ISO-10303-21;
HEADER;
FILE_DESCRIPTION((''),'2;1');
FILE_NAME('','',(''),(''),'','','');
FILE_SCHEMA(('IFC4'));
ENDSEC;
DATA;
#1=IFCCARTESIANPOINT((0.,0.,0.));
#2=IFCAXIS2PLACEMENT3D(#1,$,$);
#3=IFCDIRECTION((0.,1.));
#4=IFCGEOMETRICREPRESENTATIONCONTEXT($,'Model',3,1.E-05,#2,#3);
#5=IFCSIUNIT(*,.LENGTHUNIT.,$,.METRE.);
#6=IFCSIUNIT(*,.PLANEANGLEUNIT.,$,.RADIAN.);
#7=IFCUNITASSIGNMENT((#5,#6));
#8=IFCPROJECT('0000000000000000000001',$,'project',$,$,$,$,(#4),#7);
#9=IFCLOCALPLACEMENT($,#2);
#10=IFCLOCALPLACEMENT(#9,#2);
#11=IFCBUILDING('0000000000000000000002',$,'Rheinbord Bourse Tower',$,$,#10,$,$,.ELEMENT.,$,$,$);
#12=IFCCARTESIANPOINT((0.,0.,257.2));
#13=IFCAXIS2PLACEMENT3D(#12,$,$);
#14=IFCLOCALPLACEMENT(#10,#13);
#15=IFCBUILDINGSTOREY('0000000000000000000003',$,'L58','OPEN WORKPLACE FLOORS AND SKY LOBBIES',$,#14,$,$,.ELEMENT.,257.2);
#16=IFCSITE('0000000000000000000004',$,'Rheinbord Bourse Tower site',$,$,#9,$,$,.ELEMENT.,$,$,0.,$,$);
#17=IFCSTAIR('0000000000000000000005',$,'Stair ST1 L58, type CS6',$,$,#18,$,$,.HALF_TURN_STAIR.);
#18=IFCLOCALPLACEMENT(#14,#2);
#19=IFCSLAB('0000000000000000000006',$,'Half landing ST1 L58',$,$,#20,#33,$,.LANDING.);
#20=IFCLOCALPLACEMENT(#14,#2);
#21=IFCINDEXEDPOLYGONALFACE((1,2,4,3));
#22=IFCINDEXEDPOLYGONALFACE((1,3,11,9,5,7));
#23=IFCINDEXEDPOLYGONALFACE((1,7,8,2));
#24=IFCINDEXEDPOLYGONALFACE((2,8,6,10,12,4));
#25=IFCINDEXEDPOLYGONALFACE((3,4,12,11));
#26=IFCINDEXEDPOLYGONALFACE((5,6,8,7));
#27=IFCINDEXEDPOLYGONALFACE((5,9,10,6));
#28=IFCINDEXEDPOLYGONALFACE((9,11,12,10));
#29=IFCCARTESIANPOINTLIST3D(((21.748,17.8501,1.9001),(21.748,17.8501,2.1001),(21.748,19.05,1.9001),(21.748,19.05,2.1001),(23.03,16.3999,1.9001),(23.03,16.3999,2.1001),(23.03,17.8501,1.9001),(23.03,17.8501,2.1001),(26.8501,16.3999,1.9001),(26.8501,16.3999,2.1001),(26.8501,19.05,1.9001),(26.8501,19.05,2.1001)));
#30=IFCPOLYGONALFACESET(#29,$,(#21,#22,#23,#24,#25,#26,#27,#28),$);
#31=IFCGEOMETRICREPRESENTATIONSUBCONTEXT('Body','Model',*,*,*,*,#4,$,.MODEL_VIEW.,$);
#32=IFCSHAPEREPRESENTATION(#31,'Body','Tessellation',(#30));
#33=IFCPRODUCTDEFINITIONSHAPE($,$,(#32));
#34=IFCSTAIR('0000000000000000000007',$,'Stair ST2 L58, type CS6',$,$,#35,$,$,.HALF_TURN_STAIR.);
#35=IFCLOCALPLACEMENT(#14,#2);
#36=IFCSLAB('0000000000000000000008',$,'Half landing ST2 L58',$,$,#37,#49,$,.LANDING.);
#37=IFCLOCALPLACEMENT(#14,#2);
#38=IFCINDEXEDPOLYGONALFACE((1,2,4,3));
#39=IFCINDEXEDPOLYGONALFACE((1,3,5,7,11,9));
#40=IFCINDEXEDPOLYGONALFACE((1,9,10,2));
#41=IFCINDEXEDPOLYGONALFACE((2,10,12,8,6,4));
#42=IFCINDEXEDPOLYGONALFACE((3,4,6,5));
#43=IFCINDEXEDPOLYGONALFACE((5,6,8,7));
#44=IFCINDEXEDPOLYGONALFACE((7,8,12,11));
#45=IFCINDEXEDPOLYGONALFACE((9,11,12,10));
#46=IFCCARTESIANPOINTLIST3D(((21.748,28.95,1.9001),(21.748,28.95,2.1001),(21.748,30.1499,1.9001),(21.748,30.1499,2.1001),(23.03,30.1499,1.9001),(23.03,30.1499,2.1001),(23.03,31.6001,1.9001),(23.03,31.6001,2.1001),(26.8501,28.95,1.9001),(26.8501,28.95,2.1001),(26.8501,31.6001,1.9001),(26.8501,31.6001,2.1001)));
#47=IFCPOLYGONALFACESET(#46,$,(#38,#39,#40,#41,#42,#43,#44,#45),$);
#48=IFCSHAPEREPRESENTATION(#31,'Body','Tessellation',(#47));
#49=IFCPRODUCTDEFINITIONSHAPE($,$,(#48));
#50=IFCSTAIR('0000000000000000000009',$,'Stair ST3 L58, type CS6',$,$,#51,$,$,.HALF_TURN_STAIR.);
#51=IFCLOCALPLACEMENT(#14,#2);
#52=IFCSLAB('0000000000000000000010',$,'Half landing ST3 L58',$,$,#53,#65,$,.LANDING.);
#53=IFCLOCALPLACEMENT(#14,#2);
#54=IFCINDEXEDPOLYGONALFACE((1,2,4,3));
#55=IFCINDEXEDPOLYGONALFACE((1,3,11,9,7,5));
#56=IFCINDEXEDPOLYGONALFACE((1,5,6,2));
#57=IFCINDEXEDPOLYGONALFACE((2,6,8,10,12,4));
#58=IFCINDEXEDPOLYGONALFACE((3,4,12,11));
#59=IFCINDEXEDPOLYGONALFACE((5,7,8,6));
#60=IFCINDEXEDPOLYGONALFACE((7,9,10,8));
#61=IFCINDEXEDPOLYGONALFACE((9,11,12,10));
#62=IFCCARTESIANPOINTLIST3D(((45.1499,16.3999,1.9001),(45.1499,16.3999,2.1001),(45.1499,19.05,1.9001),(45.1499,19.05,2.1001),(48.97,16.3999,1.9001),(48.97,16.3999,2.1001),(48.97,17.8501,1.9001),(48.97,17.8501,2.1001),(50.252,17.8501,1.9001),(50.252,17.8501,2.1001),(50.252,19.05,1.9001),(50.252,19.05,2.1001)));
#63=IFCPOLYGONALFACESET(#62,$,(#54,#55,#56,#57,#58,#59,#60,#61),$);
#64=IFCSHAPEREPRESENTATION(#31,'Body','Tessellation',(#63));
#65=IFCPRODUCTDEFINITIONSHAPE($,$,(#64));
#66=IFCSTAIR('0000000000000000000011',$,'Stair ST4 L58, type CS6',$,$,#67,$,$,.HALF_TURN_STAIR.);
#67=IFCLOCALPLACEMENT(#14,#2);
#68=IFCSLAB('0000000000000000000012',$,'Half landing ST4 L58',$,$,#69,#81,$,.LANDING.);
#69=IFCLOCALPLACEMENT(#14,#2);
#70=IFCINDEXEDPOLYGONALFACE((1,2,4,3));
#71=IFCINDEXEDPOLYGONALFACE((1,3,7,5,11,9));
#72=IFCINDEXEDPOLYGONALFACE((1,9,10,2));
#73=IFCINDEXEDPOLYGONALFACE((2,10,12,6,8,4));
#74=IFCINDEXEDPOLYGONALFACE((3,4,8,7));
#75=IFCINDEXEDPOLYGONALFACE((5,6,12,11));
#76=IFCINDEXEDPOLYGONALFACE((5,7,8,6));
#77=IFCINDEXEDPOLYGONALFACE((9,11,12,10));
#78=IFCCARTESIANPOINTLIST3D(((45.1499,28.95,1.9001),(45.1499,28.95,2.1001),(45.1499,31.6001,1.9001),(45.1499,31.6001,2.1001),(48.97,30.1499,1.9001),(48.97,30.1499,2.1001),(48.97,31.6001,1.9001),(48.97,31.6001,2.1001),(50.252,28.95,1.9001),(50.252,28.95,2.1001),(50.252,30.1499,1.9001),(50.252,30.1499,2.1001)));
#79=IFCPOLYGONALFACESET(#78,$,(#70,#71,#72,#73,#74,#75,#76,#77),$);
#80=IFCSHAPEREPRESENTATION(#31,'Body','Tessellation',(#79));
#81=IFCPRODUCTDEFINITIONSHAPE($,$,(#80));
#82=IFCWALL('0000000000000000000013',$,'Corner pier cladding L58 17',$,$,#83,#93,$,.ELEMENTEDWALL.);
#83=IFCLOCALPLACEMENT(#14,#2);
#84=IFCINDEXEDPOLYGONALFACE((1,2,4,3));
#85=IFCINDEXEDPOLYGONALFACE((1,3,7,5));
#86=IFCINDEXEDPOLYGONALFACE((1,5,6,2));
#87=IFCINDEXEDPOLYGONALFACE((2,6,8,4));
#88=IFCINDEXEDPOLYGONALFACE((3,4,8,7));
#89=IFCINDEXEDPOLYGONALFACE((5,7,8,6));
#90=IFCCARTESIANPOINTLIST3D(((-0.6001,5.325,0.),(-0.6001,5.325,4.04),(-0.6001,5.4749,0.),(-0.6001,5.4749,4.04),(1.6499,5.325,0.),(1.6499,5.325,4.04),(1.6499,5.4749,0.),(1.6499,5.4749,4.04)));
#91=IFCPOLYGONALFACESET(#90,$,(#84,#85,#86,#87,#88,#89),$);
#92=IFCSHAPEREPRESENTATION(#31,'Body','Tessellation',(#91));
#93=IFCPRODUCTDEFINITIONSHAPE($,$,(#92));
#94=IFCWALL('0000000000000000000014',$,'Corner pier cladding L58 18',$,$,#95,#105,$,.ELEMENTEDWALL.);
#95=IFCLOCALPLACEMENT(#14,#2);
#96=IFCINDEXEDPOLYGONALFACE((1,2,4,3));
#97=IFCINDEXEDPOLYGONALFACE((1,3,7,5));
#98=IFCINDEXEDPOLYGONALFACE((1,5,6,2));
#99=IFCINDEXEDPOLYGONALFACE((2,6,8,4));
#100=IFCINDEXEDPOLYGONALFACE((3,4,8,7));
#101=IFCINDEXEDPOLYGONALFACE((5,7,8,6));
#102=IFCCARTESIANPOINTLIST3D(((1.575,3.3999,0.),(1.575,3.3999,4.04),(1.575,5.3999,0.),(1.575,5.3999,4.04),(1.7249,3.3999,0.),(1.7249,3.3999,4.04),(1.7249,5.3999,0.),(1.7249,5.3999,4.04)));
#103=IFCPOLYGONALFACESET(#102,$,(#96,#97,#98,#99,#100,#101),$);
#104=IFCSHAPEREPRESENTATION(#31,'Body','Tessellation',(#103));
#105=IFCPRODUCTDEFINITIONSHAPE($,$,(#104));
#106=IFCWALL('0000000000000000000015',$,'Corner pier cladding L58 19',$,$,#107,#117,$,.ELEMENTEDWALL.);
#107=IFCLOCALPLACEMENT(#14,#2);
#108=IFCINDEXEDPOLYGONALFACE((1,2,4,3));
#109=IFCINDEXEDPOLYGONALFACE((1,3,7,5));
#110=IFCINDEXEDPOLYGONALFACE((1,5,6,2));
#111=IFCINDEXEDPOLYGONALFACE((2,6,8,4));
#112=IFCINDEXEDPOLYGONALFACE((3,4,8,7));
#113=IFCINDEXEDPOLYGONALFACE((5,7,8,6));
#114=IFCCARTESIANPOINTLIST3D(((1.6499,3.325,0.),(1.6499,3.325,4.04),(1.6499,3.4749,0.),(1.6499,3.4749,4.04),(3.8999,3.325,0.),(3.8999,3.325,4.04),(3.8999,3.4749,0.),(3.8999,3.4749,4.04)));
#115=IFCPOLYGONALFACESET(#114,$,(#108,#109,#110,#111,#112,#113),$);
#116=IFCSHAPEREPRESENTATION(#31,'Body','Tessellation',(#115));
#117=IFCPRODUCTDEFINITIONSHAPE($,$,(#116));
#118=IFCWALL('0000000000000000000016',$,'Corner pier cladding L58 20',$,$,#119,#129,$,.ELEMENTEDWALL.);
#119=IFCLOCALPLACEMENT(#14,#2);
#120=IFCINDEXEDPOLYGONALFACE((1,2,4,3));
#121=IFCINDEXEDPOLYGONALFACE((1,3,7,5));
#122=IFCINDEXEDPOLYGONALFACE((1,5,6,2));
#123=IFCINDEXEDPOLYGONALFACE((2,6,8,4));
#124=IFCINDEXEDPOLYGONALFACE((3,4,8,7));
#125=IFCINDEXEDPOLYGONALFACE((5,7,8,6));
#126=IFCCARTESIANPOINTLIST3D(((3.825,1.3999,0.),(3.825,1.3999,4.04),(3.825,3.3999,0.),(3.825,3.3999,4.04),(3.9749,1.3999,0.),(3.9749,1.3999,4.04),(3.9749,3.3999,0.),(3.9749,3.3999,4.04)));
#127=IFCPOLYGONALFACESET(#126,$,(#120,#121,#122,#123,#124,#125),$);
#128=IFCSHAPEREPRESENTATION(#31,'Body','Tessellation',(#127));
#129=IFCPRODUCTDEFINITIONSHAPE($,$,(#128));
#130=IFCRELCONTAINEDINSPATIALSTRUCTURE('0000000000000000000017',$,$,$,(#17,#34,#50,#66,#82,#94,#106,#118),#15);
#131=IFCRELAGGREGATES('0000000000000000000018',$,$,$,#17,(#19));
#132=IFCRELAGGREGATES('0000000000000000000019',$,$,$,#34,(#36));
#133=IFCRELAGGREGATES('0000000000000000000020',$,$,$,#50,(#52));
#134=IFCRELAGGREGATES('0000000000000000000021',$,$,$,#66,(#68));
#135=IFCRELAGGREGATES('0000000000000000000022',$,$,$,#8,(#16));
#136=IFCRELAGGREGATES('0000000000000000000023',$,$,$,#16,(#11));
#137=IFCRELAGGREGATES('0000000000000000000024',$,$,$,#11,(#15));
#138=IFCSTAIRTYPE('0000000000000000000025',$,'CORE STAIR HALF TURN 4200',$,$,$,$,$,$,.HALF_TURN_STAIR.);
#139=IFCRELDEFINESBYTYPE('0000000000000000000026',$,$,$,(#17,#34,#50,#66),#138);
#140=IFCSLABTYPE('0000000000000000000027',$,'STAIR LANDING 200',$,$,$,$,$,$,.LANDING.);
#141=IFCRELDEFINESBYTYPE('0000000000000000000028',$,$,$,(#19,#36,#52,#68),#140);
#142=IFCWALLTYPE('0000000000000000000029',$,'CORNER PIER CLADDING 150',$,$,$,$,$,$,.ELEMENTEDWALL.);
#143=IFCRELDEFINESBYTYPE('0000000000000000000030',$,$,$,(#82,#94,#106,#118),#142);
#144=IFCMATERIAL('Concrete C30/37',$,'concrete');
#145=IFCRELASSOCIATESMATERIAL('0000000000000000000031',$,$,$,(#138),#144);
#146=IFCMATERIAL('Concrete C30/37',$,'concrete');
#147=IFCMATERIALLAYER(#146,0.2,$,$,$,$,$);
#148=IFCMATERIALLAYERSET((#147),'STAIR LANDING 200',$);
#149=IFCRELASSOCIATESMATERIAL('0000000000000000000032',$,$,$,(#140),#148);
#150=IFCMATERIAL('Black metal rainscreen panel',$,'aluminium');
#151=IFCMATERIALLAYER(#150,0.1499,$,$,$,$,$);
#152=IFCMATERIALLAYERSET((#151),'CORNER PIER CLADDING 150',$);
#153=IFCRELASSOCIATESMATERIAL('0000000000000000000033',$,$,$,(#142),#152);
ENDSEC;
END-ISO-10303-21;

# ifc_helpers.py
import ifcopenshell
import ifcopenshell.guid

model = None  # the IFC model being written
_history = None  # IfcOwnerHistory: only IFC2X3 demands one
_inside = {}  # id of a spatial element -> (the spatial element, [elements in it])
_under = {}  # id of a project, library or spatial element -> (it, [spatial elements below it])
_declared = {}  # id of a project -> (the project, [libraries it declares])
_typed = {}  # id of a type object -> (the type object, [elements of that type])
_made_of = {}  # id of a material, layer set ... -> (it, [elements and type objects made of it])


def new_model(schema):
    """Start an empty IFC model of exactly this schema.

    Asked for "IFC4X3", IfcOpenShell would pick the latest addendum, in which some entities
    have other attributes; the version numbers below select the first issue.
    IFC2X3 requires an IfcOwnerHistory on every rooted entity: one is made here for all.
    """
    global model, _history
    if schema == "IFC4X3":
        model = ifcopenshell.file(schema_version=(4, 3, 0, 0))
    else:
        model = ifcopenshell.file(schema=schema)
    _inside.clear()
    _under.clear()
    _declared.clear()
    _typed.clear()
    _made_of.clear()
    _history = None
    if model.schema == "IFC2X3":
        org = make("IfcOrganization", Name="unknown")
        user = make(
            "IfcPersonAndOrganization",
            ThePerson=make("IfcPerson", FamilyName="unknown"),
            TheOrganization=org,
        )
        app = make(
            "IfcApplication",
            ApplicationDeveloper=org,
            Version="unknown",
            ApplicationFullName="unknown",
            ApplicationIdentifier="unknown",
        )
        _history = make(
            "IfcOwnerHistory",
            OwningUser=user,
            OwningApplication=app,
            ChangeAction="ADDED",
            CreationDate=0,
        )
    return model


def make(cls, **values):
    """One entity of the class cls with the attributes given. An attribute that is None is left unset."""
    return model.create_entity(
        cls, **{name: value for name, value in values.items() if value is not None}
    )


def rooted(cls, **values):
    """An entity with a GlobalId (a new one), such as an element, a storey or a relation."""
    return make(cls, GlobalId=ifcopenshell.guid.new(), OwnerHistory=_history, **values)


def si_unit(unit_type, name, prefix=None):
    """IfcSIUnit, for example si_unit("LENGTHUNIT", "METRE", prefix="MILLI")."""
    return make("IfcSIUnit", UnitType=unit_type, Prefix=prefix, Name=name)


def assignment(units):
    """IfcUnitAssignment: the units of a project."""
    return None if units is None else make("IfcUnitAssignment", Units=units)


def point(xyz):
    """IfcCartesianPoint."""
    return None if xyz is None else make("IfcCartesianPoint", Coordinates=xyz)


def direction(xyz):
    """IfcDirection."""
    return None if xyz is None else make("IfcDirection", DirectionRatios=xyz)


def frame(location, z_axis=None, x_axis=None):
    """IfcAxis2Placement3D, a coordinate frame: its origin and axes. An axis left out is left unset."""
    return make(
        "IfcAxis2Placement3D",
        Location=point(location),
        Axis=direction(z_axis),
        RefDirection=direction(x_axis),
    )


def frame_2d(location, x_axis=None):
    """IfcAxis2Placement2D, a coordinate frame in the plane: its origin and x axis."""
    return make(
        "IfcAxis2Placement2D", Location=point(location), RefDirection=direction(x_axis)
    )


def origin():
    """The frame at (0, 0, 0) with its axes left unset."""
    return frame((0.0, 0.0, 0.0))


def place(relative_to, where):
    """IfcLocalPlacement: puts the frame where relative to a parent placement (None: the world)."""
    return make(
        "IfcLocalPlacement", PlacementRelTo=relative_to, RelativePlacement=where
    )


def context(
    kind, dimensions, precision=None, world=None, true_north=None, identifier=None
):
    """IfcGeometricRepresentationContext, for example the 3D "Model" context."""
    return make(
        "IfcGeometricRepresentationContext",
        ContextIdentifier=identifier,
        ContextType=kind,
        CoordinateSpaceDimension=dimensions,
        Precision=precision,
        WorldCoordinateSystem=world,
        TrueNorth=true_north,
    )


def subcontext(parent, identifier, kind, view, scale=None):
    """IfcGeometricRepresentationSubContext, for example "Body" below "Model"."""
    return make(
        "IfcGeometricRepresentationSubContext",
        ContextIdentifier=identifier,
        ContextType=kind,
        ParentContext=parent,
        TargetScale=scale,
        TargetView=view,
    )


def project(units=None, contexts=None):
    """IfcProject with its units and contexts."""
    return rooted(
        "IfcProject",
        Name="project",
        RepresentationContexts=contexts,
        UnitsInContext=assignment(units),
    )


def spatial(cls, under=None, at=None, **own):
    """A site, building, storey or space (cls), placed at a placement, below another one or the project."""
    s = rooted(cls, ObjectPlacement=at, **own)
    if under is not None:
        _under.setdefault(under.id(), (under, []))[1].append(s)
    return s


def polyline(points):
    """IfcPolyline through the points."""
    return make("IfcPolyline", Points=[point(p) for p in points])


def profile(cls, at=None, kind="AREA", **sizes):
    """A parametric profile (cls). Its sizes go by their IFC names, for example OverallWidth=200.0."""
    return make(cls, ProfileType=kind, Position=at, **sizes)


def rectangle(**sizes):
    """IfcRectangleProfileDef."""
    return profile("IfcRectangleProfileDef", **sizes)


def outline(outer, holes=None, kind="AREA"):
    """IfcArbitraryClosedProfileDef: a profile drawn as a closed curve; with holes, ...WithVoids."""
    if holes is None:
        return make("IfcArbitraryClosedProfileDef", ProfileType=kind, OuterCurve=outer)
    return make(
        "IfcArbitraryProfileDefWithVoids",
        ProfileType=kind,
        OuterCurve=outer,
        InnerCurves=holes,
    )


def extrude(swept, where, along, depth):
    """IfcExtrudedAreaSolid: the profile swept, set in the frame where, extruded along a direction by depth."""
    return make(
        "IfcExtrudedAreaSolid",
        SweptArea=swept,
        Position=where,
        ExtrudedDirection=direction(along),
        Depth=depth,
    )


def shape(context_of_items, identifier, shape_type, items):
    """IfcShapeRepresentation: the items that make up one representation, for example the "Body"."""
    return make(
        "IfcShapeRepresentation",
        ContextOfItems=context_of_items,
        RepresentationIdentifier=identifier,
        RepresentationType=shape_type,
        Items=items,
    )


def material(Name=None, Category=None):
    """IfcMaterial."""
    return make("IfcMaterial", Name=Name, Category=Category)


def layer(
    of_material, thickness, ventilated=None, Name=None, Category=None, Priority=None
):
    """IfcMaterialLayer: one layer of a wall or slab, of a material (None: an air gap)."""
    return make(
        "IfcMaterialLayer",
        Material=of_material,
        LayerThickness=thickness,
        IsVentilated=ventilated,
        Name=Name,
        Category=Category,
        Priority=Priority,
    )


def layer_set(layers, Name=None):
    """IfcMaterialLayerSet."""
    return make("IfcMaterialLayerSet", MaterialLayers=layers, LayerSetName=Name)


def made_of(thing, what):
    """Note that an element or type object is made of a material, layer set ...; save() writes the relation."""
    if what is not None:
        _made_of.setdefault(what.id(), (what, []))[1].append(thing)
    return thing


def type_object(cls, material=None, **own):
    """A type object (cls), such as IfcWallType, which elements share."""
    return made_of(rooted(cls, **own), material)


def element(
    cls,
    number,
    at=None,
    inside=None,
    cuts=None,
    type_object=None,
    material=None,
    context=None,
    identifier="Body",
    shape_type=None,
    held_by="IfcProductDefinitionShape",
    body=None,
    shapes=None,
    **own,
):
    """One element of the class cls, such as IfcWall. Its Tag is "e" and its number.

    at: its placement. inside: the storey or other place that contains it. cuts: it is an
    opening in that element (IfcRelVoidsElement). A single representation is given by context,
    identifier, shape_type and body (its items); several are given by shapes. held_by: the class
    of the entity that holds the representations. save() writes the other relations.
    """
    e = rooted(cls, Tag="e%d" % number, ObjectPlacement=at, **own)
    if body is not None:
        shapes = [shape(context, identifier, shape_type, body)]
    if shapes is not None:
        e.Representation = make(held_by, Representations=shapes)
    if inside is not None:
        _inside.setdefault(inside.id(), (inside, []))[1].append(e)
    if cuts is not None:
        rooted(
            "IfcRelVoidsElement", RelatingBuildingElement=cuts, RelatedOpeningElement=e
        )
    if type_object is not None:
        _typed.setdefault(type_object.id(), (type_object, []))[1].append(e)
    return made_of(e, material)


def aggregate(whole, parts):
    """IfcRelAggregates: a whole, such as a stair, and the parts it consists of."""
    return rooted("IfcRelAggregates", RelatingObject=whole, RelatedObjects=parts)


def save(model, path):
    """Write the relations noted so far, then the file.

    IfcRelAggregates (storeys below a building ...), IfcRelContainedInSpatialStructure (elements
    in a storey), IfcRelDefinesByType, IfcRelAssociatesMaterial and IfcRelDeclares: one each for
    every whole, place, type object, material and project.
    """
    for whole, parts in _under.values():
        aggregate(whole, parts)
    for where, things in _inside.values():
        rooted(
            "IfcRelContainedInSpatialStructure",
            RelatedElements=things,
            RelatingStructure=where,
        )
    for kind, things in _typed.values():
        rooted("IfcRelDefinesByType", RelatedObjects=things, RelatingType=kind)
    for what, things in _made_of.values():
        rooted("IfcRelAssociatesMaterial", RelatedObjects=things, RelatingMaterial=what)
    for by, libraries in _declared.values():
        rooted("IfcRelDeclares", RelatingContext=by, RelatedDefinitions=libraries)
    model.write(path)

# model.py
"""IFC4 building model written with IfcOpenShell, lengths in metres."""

from ifc_helpers import new_model, si_unit, direction, frame, frame_2d, origin, place, context, subcontext, project, spatial, polyline, rectangle, outline, extrude, material, layer, layer_set, type_object, element, aggregate, save


model = new_model("IFC4")

# Units and contexts
model_context = context("Model", 3, precision=1e-05, world=origin(), true_north=direction((0.0, 1.0)))
body_context = subcontext(model_context, "Body", "Model", "MODEL_VIEW")
ifc_project = project(units=[si_unit("LENGTHUNIT", "METRE"), si_unit("PLANEANGLEUNIT", "RADIAN")], contexts=[model_context])

# Site, building, storey
site_placement = place(None, origin())
site = spatial("IfcSite", under=ifc_project, at=site_placement, Name="Rheinbord Bourse Tower site", CompositionType="ELEMENT", RefElevation=0.0)
building_placement = place(site_placement, origin())
building = spatial("IfcBuilding", under=site, at=building_placement, Name="Rheinbord Bourse Tower", CompositionType="ELEMENT")
storey_placement = place(building_placement, frame((0.0, 0.0, 257.2)))
storey = spatial("IfcBuildingStorey", under=building, at=storey_placement, Name="L58", Description="OPEN WORKPLACE FLOORS AND SKY LOBBIES", CompositionType="ELEMENT", Elevation=257.2)

# Stairs, slabs
ifc_material_1 = material(Name="Concrete C30/37", Category="concrete")
stair_type = type_object("IfcStairType", Name="CORE STAIR HALF TURN 4200", PredefinedType="HALF_TURN_STAIR", material=ifc_material_1)
stair_1_placement = place(storey_placement, origin())
stair_1 = element("IfcStair", 1, at=stair_1_placement, inside=storey, type_object=stair_type, Name="Stair ST1 L58, type CS6", PredefinedType="HALF_TURN_STAIR")
ifc_material_2 = material(Name="Concrete C30/37", Category="concrete")
ifc_layer_1 = layer(ifc_material_2, 0.2)
ifc_layer_set_1 = layer_set([ifc_layer_1], Name="STAIR LANDING 200")
slab_type_1 = type_object("IfcSlabType", Name="STAIR LANDING 200", PredefinedType="LANDING", material=ifc_layer_set_1)
slab_1_placement = place(storey_placement, frame((0.0, 0.0, 1.9001)))
slab_1 = element("IfcSlab", 2, at=slab_1_placement, type_object=slab_type_1, Name="Half landing ST1 L58", PredefinedType="LANDING", context=body_context, shape_type="SweptSolid", body=[
    extrude(outline(polyline([(23.03, 16.3999), (26.8501, 16.3999), (26.8501, 19.05), (21.748, 19.05), (21.748, 17.8501), (23.03, 17.8501), (23.03, 16.3999)])), origin(), (0.0, 0.0, 1.0), 0.2),
])
aggregate(stair_1, [slab_1])
stair_2_placement = place(storey_placement, origin())
stair_2 = element("IfcStair", 3, at=stair_2_placement, inside=storey, type_object=stair_type, Name="Stair ST2 L58, type CS6", PredefinedType="HALF_TURN_STAIR")
slab_2_placement = place(storey_placement, frame((0.0, 0.0, 1.9001)))
slab_2 = element("IfcSlab", 4, at=slab_2_placement, type_object=slab_type_1, Name="Half landing ST2 L58", PredefinedType="LANDING", context=body_context, shape_type="SweptSolid", body=[
    extrude(outline(polyline([(21.748, 28.95), (26.8501, 28.95), (26.8501, 31.6001), (23.03, 31.6001), (23.03, 30.1499), (21.748, 30.1499), (21.748, 28.95)])), origin(), (0.0, 0.0, 1.0), 0.2),
])
aggregate(stair_2, [slab_2])
stair_3_placement = place(storey_placement, origin())
stair_3 = element("IfcStair", 5, at=stair_3_placement, inside=storey, type_object=stair_type, Name="Stair ST3 L58, type CS6", PredefinedType="HALF_TURN_STAIR")
slab_3_placement = place(storey_placement, frame((0.0, 0.0, 1.9001)))
slab_3 = element("IfcSlab", 6, at=slab_3_placement, type_object=slab_type_1, Name="Half landing ST3 L58", PredefinedType="LANDING", context=body_context, shape_type="SweptSolid", body=[
    extrude(outline(polyline([(45.1499, 16.3999), (48.97, 16.3999), (48.97, 17.8501), (50.252, 17.8501), (50.252, 19.05), (45.1499, 19.05), (45.1499, 16.3999)])), origin(), (0.0, 0.0, 1.0), 0.2),
])
aggregate(stair_3, [slab_3])
stair_4_placement = place(storey_placement, origin())
stair_4 = element("IfcStair", 7, at=stair_4_placement, inside=storey, type_object=stair_type, Name="Stair ST4 L58, type CS6", PredefinedType="HALF_TURN_STAIR")
slab_4_placement = place(storey_placement, frame((0.0, 0.0, 1.9001)))
slab_4 = element("IfcSlab", 8, at=slab_4_placement, type_object=slab_type_1, Name="Half landing ST4 L58", PredefinedType="LANDING", context=body_context, shape_type="SweptSolid", body=[
    extrude(outline(polyline([(45.1499, 28.95), (50.252, 28.95), (50.252, 30.1499), (48.97, 30.1499), (48.97, 31.6001), (45.1499, 31.6001), (45.1499, 28.95)])), origin(), (0.0, 0.0, 1.0), 0.2),
])
aggregate(stair_4, [slab_4])

# Walls
ifc_material_3 = material(Name="Black metal rainscreen panel", Category="aluminium")
ifc_layer_2 = layer(ifc_material_3, 0.1499)
ifc_layer_set_2 = layer_set([ifc_layer_2], Name="CORNER PIER CLADDING 150")
wall_type = type_object("IfcWallType", Name="CORNER PIER CLADDING 150", PredefinedType="ELEMENTEDWALL", material=ifc_layer_set_2)
wall_1_placement = place(storey_placement, frame((-0.6001, 5.3999, 0.0), z_axis=(0.0, 0.0, 1.0), x_axis=(1.0, 0.0, 0.0)))
element("IfcWall", 9, at=wall_1_placement, inside=storey, type_object=wall_type, Name="Corner pier cladding L58 17", PredefinedType="ELEMENTEDWALL", context=body_context, shape_type="SweptSolid", body=[
    extrude(rectangle(XDim=2.25, YDim=0.1499, at=frame_2d((1.125, 0.0))), origin(), (0.0, 0.0, 1.0), 4.04),
])
wall_2_placement = place(storey_placement, frame((1.6499, 5.3999, 0.0), z_axis=(0.0, 0.0, 1.0), x_axis=(0.0, -1.0, 0.0)))
element("IfcWall", 10, at=wall_2_placement, inside=storey, type_object=wall_type, Name="Corner pier cladding L58 18", PredefinedType="ELEMENTEDWALL", context=body_context, shape_type="SweptSolid", body=[
    extrude(rectangle(XDim=2.0, YDim=0.1499, at=frame_2d((1.0, 0.0))), origin(), (0.0, 0.0, 1.0), 4.04),
])
wall_3_placement = place(storey_placement, frame((1.6499, 3.3999, 0.0), z_axis=(0.0, 0.0, 1.0), x_axis=(1.0, 0.0, 0.0)))
element("IfcWall", 11, at=wall_3_placement, inside=storey, type_object=wall_type, Name="Corner pier cladding L58 19", PredefinedType="ELEMENTEDWALL", context=body_context, shape_type="SweptSolid", body=[
    extrude(rectangle(XDim=2.25, YDim=0.1499, at=frame_2d((1.125, 0.0))), origin(), (0.0, 0.0, 1.0), 4.04),
])
wall_4_placement = place(storey_placement, frame((3.8999, 3.3999, 0.0), z_axis=(0.0, 0.0, 1.0), x_axis=(0.0, -1.0, 0.0)))
element("IfcWall", 12, at=wall_4_placement, inside=storey, type_object=wall_type, Name="Corner pier cladding L58 20", PredefinedType="ELEMENTEDWALL", context=body_context, shape_type="SweptSolid", body=[
    extrude(rectangle(XDim=2.0, YDim=0.1499, at=frame_2d((1.0, 0.0))), origin(), (0.0, 0.0, 1.0), 4.04),
])

save(model, "model.ifc")
